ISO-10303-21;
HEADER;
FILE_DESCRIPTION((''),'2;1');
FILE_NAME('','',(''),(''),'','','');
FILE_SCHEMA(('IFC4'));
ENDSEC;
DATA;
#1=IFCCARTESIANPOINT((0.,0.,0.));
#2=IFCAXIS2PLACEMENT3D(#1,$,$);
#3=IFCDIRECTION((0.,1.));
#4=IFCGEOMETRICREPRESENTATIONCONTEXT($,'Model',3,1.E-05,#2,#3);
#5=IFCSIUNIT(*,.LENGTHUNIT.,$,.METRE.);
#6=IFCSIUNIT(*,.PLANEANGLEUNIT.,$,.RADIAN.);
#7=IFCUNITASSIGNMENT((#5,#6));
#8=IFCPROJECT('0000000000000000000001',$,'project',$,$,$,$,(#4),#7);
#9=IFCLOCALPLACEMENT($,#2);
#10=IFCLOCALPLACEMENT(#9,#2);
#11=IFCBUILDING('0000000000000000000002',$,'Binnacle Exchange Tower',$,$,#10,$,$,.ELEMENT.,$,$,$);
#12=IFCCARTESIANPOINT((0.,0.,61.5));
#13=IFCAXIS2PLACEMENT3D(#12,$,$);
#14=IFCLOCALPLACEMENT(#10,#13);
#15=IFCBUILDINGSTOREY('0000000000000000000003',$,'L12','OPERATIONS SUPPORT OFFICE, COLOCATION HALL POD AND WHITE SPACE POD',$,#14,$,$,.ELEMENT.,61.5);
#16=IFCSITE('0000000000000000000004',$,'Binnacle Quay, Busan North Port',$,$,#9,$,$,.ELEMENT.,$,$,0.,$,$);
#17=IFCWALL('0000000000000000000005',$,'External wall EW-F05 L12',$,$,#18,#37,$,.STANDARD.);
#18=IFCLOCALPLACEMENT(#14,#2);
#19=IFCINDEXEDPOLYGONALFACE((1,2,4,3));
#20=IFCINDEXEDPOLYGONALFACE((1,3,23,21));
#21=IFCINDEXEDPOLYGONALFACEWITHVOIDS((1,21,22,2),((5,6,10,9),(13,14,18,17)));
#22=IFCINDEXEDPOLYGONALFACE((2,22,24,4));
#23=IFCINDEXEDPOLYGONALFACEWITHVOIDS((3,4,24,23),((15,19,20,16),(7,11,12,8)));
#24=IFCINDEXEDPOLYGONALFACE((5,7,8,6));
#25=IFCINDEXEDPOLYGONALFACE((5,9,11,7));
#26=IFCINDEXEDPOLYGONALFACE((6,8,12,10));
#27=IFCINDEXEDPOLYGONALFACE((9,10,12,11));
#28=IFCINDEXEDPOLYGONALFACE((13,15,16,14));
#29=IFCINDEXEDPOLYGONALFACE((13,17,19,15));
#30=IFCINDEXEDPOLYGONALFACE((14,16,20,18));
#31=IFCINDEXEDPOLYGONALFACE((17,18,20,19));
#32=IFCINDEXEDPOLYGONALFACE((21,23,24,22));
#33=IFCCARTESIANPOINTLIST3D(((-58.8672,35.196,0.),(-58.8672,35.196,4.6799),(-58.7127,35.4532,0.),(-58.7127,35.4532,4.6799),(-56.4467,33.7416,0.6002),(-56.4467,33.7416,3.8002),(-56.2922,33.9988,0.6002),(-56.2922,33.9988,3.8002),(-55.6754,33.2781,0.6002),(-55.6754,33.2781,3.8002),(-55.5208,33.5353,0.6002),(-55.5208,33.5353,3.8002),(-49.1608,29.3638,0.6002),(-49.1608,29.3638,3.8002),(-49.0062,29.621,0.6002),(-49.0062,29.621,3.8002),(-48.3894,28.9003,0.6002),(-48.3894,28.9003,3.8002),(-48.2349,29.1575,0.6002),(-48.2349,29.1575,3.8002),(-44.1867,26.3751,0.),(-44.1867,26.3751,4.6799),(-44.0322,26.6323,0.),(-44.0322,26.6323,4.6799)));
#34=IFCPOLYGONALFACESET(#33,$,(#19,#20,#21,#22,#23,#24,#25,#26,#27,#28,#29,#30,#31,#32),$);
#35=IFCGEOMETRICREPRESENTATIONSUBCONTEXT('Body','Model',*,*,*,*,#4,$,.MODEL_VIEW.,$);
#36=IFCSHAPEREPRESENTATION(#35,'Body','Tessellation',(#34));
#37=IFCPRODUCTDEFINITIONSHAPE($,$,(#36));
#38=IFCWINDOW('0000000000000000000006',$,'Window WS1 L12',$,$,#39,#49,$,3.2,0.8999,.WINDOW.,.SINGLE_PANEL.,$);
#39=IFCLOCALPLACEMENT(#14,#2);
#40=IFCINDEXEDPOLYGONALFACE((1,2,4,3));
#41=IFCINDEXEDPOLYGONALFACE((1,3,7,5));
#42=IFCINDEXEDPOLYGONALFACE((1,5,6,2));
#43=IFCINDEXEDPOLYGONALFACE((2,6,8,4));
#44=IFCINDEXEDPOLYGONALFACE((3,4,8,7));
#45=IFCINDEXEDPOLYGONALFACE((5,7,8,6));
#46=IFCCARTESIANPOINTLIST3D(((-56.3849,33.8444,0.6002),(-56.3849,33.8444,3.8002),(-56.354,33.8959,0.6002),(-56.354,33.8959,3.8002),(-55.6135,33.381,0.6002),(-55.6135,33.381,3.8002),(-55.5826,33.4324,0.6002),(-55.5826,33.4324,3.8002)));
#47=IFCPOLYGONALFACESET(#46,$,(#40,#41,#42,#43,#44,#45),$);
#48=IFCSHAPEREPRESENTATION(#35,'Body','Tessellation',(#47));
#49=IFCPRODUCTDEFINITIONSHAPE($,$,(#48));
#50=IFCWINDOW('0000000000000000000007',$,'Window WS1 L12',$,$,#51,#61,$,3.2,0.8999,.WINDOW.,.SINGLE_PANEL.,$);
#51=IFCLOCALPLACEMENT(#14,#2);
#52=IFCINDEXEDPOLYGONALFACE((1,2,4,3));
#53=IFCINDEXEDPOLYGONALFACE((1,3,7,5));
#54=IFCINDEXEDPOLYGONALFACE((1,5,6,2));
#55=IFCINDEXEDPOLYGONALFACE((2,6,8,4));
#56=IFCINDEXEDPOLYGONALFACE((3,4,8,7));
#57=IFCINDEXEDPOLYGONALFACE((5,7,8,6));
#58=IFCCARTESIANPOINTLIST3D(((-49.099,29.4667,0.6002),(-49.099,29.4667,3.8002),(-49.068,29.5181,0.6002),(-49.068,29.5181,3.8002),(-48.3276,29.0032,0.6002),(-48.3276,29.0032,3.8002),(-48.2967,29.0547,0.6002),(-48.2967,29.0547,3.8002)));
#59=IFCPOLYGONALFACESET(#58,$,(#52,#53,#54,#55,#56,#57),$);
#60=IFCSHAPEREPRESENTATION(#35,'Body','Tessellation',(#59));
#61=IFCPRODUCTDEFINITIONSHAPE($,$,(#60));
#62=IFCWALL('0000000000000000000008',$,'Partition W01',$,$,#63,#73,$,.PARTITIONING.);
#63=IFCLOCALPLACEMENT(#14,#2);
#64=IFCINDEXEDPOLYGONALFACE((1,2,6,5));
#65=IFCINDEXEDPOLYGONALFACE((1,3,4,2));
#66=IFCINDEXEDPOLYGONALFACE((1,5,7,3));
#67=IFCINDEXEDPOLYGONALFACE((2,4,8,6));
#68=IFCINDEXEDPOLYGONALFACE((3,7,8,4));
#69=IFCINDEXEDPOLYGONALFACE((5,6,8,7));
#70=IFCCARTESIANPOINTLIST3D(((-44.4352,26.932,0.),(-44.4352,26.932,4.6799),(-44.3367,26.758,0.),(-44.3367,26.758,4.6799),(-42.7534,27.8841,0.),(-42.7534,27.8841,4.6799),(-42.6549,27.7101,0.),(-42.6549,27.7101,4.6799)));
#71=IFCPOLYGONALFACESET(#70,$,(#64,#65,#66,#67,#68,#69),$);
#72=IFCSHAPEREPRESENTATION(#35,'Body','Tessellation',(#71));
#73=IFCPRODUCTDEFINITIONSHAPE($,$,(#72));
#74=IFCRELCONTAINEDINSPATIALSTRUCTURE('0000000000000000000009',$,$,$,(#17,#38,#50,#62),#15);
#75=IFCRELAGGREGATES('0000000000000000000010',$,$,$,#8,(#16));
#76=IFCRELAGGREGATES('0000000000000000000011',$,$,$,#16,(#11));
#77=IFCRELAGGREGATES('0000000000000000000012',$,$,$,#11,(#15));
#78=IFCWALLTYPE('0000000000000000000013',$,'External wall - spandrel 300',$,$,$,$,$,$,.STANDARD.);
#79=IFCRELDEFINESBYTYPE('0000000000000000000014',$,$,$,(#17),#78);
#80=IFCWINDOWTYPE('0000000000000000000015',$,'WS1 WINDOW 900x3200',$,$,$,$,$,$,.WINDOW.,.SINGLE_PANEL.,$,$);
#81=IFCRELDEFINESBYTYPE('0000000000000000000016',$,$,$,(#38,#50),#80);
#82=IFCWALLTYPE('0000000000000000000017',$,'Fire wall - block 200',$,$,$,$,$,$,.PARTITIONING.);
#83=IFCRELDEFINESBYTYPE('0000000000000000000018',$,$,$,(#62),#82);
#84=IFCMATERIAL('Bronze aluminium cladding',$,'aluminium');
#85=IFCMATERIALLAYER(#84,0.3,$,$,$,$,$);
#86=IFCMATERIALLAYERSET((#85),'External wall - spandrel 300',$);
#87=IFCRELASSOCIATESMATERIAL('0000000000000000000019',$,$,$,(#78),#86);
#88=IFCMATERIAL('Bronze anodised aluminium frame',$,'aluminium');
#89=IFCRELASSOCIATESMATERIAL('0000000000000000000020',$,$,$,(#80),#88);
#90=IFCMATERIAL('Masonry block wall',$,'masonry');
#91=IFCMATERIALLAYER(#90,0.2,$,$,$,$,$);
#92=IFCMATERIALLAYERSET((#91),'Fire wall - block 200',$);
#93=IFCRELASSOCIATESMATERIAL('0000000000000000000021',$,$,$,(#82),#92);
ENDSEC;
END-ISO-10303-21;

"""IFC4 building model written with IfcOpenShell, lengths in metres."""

from ifc_helpers import new_model, si_unit, direction, frame, frame_2d, origin, place, context, subcontext, project, spatial, rectangle, extrude, material, layer, layer_set, type_object, element, fill, save


model = new_model("IFC4")

# Units and contexts
model_context = context("Model", 3, precision=1e-05, world=origin(), true_north=direction((0.0, 1.0)))
body_context = subcontext(model_context, "Body", "Model", "MODEL_VIEW")
ifc_project = project(units=[si_unit("LENGTHUNIT", "METRE"), si_unit("PLANEANGLEUNIT", "RADIAN")], contexts=[model_context])

# Site, building, storey
site_placement = place(None, origin())
site = spatial("IfcSite", under=ifc_project, at=site_placement, Name="Binnacle Quay, Busan North Port", CompositionType="ELEMENT", RefElevation=0.0)
building_placement = place(site_placement, origin())
building = spatial("IfcBuilding", under=site, at=building_placement, Name="Binnacle Exchange Tower", CompositionType="ELEMENT")
storey_placement = place(building_placement, frame((0.0, 0.0, 61.5)))
storey = spatial("IfcBuildingStorey", under=building, at=storey_placement, Name="L12", Description="OPERATIONS SUPPORT OFFICE, COLOCATION HALL POD AND WHITE SPACE POD", CompositionType="ELEMENT", Elevation=61.5)

# Shared definitions
ifc_material_1 = material(Name="Bronze aluminium cladding", Category="aluminium")
ifc_layer_1 = layer(ifc_material_1, 0.3)
ifc_layer_set_1 = layer_set([ifc_layer_1], Name="External wall - spandrel 300")
wall_type_1 = type_object("IfcWallType", Name="External wall - spandrel 300", PredefinedType="STANDARD", material=ifc_layer_set_1)
ifc_material_2 = material(Name="Bronze anodised aluminium frame", Category="aluminium")
window_type = type_object("IfcWindowType", Name="WS1 WINDOW 900x3200", PartitioningType="SINGLE_PANEL", PredefinedType="WINDOW", material=ifc_material_2)

# Wall, openings, windows
wall_1_placement = place(storey_placement, frame((-44.1094, 26.5037, 0.0), z_axis=(0.0, 0.0, 1.0), x_axis=(-0.85717, 0.515034, 0.0)))
wall_1 = element("IfcWall", 1, at=wall_1_placement, inside=storey, type_object=wall_type_1, Name="External wall EW-F05 L12", PredefinedType="STANDARD", context=body_context, shape_type="SweptSolid", body=[
    extrude(rectangle(XDim=17.1267, YDim=0.3, at=frame_2d((8.5635, 0.0))), origin(), (0.0, 0.0, 1.0), 4.6799),
])
opening_1_placement = place(wall_1_placement, frame((13.4031, 0.0, 0.6001)))
opening_1 = element("IfcOpeningElement", 2, at=opening_1_placement, cuts=wall_1, PredefinedType="OPENING", context=body_context, shape_type="SweptSolid", body=[
    extrude(rectangle(XDim=0.8999, YDim=3.2, at=frame_2d((0.45, 1.6001))), frame((0.0, 0.1599, 0.0), z_axis=(0.0, -1.0, 0.0), x_axis=(1.0, 0.0, 0.0)), (0.0, 0.0, 1.0), 0.3201),
])
opening_2_placement = place(wall_1_placement, frame((4.9031, 0.0, 0.6001)))
opening_2 = element("IfcOpeningElement", 3, at=opening_2_placement, cuts=wall_1, PredefinedType="OPENING", context=body_context, shape_type="SweptSolid", body=[
    extrude(rectangle(XDim=0.8999, YDim=3.2, at=frame_2d((0.45, 1.6001))), frame((0.0, 0.1599, 0.0), z_axis=(0.0, -1.0, 0.0), x_axis=(1.0, 0.0, 0.0)), (0.0, 0.0, 1.0), 0.3201),
])
window_1_placement = place(opening_1_placement, origin())
window_1 = element("IfcWindow", 4, at=window_1_placement, inside=storey, type_object=window_type, Name="Window WS1 L12", OverallHeight=3.2, OverallWidth=0.8999, PartitioningType="SINGLE_PANEL", PredefinedType="WINDOW", context=body_context, shape_type="SweptSolid", body=[
    extrude(rectangle(XDim=0.8999, YDim=3.2, at=frame_2d((0.45, 1.6001))), frame((0.0, 0.03, 0.0), z_axis=(0.0, -1.0, 0.0), x_axis=(1.0, 0.0, 0.0)), (0.0, 0.0, 1.0), 0.0601),
])
fill(opening_1, window_1)
window_2_placement = place(opening_2_placement, origin())
window_2 = element("IfcWindow", 5, at=window_2_placement, inside=storey, type_object=window_type, Name="Window WS1 L12", OverallHeight=3.2, OverallWidth=0.8999, PartitioningType="SINGLE_PANEL", PredefinedType="WINDOW", context=body_context, shape_type="SweptSolid", body=[
    extrude(rectangle(XDim=0.8999, YDim=3.2, at=frame_2d((0.45, 1.6001))), frame((0.0, 0.03, 0.0), z_axis=(0.0, -1.0, 0.0), x_axis=(1.0, 0.0, 0.0)), (0.0, 0.0, 1.0), 0.0601),
])
fill(opening_2, window_2)

# Wall
ifc_material_3 = material(Name="Masonry block wall", Category="masonry")
ifc_layer_2 = layer(ifc_material_3, 0.2)
ifc_layer_set_2 = layer_set([ifc_layer_2], Name="Fire wall - block 200")
wall_type_2 = type_object("IfcWallType", Name="Fire wall - block 200", PredefinedType="PARTITIONING", material=ifc_layer_set_2)
wall_2_placement = place(storey_placement, frame((-44.386, 26.845, 0.0), z_axis=(0.0, 0.0, 1.0), x_axis=(0.870226, 0.492652, 0.0)))
element("IfcWall", 6, at=wall_2_placement, inside=storey, type_object=wall_type_2, Name="Partition W01", PredefinedType="PARTITIONING", context=body_context, shape_type="SweptSolid", body=[
    extrude(rectangle(XDim=1.9326, YDim=0.2, at=frame_2d((0.9663, 0.0))), origin(), (0.0, 0.0, 1.0), 4.6799),
])

save(model, "model.ifc")
